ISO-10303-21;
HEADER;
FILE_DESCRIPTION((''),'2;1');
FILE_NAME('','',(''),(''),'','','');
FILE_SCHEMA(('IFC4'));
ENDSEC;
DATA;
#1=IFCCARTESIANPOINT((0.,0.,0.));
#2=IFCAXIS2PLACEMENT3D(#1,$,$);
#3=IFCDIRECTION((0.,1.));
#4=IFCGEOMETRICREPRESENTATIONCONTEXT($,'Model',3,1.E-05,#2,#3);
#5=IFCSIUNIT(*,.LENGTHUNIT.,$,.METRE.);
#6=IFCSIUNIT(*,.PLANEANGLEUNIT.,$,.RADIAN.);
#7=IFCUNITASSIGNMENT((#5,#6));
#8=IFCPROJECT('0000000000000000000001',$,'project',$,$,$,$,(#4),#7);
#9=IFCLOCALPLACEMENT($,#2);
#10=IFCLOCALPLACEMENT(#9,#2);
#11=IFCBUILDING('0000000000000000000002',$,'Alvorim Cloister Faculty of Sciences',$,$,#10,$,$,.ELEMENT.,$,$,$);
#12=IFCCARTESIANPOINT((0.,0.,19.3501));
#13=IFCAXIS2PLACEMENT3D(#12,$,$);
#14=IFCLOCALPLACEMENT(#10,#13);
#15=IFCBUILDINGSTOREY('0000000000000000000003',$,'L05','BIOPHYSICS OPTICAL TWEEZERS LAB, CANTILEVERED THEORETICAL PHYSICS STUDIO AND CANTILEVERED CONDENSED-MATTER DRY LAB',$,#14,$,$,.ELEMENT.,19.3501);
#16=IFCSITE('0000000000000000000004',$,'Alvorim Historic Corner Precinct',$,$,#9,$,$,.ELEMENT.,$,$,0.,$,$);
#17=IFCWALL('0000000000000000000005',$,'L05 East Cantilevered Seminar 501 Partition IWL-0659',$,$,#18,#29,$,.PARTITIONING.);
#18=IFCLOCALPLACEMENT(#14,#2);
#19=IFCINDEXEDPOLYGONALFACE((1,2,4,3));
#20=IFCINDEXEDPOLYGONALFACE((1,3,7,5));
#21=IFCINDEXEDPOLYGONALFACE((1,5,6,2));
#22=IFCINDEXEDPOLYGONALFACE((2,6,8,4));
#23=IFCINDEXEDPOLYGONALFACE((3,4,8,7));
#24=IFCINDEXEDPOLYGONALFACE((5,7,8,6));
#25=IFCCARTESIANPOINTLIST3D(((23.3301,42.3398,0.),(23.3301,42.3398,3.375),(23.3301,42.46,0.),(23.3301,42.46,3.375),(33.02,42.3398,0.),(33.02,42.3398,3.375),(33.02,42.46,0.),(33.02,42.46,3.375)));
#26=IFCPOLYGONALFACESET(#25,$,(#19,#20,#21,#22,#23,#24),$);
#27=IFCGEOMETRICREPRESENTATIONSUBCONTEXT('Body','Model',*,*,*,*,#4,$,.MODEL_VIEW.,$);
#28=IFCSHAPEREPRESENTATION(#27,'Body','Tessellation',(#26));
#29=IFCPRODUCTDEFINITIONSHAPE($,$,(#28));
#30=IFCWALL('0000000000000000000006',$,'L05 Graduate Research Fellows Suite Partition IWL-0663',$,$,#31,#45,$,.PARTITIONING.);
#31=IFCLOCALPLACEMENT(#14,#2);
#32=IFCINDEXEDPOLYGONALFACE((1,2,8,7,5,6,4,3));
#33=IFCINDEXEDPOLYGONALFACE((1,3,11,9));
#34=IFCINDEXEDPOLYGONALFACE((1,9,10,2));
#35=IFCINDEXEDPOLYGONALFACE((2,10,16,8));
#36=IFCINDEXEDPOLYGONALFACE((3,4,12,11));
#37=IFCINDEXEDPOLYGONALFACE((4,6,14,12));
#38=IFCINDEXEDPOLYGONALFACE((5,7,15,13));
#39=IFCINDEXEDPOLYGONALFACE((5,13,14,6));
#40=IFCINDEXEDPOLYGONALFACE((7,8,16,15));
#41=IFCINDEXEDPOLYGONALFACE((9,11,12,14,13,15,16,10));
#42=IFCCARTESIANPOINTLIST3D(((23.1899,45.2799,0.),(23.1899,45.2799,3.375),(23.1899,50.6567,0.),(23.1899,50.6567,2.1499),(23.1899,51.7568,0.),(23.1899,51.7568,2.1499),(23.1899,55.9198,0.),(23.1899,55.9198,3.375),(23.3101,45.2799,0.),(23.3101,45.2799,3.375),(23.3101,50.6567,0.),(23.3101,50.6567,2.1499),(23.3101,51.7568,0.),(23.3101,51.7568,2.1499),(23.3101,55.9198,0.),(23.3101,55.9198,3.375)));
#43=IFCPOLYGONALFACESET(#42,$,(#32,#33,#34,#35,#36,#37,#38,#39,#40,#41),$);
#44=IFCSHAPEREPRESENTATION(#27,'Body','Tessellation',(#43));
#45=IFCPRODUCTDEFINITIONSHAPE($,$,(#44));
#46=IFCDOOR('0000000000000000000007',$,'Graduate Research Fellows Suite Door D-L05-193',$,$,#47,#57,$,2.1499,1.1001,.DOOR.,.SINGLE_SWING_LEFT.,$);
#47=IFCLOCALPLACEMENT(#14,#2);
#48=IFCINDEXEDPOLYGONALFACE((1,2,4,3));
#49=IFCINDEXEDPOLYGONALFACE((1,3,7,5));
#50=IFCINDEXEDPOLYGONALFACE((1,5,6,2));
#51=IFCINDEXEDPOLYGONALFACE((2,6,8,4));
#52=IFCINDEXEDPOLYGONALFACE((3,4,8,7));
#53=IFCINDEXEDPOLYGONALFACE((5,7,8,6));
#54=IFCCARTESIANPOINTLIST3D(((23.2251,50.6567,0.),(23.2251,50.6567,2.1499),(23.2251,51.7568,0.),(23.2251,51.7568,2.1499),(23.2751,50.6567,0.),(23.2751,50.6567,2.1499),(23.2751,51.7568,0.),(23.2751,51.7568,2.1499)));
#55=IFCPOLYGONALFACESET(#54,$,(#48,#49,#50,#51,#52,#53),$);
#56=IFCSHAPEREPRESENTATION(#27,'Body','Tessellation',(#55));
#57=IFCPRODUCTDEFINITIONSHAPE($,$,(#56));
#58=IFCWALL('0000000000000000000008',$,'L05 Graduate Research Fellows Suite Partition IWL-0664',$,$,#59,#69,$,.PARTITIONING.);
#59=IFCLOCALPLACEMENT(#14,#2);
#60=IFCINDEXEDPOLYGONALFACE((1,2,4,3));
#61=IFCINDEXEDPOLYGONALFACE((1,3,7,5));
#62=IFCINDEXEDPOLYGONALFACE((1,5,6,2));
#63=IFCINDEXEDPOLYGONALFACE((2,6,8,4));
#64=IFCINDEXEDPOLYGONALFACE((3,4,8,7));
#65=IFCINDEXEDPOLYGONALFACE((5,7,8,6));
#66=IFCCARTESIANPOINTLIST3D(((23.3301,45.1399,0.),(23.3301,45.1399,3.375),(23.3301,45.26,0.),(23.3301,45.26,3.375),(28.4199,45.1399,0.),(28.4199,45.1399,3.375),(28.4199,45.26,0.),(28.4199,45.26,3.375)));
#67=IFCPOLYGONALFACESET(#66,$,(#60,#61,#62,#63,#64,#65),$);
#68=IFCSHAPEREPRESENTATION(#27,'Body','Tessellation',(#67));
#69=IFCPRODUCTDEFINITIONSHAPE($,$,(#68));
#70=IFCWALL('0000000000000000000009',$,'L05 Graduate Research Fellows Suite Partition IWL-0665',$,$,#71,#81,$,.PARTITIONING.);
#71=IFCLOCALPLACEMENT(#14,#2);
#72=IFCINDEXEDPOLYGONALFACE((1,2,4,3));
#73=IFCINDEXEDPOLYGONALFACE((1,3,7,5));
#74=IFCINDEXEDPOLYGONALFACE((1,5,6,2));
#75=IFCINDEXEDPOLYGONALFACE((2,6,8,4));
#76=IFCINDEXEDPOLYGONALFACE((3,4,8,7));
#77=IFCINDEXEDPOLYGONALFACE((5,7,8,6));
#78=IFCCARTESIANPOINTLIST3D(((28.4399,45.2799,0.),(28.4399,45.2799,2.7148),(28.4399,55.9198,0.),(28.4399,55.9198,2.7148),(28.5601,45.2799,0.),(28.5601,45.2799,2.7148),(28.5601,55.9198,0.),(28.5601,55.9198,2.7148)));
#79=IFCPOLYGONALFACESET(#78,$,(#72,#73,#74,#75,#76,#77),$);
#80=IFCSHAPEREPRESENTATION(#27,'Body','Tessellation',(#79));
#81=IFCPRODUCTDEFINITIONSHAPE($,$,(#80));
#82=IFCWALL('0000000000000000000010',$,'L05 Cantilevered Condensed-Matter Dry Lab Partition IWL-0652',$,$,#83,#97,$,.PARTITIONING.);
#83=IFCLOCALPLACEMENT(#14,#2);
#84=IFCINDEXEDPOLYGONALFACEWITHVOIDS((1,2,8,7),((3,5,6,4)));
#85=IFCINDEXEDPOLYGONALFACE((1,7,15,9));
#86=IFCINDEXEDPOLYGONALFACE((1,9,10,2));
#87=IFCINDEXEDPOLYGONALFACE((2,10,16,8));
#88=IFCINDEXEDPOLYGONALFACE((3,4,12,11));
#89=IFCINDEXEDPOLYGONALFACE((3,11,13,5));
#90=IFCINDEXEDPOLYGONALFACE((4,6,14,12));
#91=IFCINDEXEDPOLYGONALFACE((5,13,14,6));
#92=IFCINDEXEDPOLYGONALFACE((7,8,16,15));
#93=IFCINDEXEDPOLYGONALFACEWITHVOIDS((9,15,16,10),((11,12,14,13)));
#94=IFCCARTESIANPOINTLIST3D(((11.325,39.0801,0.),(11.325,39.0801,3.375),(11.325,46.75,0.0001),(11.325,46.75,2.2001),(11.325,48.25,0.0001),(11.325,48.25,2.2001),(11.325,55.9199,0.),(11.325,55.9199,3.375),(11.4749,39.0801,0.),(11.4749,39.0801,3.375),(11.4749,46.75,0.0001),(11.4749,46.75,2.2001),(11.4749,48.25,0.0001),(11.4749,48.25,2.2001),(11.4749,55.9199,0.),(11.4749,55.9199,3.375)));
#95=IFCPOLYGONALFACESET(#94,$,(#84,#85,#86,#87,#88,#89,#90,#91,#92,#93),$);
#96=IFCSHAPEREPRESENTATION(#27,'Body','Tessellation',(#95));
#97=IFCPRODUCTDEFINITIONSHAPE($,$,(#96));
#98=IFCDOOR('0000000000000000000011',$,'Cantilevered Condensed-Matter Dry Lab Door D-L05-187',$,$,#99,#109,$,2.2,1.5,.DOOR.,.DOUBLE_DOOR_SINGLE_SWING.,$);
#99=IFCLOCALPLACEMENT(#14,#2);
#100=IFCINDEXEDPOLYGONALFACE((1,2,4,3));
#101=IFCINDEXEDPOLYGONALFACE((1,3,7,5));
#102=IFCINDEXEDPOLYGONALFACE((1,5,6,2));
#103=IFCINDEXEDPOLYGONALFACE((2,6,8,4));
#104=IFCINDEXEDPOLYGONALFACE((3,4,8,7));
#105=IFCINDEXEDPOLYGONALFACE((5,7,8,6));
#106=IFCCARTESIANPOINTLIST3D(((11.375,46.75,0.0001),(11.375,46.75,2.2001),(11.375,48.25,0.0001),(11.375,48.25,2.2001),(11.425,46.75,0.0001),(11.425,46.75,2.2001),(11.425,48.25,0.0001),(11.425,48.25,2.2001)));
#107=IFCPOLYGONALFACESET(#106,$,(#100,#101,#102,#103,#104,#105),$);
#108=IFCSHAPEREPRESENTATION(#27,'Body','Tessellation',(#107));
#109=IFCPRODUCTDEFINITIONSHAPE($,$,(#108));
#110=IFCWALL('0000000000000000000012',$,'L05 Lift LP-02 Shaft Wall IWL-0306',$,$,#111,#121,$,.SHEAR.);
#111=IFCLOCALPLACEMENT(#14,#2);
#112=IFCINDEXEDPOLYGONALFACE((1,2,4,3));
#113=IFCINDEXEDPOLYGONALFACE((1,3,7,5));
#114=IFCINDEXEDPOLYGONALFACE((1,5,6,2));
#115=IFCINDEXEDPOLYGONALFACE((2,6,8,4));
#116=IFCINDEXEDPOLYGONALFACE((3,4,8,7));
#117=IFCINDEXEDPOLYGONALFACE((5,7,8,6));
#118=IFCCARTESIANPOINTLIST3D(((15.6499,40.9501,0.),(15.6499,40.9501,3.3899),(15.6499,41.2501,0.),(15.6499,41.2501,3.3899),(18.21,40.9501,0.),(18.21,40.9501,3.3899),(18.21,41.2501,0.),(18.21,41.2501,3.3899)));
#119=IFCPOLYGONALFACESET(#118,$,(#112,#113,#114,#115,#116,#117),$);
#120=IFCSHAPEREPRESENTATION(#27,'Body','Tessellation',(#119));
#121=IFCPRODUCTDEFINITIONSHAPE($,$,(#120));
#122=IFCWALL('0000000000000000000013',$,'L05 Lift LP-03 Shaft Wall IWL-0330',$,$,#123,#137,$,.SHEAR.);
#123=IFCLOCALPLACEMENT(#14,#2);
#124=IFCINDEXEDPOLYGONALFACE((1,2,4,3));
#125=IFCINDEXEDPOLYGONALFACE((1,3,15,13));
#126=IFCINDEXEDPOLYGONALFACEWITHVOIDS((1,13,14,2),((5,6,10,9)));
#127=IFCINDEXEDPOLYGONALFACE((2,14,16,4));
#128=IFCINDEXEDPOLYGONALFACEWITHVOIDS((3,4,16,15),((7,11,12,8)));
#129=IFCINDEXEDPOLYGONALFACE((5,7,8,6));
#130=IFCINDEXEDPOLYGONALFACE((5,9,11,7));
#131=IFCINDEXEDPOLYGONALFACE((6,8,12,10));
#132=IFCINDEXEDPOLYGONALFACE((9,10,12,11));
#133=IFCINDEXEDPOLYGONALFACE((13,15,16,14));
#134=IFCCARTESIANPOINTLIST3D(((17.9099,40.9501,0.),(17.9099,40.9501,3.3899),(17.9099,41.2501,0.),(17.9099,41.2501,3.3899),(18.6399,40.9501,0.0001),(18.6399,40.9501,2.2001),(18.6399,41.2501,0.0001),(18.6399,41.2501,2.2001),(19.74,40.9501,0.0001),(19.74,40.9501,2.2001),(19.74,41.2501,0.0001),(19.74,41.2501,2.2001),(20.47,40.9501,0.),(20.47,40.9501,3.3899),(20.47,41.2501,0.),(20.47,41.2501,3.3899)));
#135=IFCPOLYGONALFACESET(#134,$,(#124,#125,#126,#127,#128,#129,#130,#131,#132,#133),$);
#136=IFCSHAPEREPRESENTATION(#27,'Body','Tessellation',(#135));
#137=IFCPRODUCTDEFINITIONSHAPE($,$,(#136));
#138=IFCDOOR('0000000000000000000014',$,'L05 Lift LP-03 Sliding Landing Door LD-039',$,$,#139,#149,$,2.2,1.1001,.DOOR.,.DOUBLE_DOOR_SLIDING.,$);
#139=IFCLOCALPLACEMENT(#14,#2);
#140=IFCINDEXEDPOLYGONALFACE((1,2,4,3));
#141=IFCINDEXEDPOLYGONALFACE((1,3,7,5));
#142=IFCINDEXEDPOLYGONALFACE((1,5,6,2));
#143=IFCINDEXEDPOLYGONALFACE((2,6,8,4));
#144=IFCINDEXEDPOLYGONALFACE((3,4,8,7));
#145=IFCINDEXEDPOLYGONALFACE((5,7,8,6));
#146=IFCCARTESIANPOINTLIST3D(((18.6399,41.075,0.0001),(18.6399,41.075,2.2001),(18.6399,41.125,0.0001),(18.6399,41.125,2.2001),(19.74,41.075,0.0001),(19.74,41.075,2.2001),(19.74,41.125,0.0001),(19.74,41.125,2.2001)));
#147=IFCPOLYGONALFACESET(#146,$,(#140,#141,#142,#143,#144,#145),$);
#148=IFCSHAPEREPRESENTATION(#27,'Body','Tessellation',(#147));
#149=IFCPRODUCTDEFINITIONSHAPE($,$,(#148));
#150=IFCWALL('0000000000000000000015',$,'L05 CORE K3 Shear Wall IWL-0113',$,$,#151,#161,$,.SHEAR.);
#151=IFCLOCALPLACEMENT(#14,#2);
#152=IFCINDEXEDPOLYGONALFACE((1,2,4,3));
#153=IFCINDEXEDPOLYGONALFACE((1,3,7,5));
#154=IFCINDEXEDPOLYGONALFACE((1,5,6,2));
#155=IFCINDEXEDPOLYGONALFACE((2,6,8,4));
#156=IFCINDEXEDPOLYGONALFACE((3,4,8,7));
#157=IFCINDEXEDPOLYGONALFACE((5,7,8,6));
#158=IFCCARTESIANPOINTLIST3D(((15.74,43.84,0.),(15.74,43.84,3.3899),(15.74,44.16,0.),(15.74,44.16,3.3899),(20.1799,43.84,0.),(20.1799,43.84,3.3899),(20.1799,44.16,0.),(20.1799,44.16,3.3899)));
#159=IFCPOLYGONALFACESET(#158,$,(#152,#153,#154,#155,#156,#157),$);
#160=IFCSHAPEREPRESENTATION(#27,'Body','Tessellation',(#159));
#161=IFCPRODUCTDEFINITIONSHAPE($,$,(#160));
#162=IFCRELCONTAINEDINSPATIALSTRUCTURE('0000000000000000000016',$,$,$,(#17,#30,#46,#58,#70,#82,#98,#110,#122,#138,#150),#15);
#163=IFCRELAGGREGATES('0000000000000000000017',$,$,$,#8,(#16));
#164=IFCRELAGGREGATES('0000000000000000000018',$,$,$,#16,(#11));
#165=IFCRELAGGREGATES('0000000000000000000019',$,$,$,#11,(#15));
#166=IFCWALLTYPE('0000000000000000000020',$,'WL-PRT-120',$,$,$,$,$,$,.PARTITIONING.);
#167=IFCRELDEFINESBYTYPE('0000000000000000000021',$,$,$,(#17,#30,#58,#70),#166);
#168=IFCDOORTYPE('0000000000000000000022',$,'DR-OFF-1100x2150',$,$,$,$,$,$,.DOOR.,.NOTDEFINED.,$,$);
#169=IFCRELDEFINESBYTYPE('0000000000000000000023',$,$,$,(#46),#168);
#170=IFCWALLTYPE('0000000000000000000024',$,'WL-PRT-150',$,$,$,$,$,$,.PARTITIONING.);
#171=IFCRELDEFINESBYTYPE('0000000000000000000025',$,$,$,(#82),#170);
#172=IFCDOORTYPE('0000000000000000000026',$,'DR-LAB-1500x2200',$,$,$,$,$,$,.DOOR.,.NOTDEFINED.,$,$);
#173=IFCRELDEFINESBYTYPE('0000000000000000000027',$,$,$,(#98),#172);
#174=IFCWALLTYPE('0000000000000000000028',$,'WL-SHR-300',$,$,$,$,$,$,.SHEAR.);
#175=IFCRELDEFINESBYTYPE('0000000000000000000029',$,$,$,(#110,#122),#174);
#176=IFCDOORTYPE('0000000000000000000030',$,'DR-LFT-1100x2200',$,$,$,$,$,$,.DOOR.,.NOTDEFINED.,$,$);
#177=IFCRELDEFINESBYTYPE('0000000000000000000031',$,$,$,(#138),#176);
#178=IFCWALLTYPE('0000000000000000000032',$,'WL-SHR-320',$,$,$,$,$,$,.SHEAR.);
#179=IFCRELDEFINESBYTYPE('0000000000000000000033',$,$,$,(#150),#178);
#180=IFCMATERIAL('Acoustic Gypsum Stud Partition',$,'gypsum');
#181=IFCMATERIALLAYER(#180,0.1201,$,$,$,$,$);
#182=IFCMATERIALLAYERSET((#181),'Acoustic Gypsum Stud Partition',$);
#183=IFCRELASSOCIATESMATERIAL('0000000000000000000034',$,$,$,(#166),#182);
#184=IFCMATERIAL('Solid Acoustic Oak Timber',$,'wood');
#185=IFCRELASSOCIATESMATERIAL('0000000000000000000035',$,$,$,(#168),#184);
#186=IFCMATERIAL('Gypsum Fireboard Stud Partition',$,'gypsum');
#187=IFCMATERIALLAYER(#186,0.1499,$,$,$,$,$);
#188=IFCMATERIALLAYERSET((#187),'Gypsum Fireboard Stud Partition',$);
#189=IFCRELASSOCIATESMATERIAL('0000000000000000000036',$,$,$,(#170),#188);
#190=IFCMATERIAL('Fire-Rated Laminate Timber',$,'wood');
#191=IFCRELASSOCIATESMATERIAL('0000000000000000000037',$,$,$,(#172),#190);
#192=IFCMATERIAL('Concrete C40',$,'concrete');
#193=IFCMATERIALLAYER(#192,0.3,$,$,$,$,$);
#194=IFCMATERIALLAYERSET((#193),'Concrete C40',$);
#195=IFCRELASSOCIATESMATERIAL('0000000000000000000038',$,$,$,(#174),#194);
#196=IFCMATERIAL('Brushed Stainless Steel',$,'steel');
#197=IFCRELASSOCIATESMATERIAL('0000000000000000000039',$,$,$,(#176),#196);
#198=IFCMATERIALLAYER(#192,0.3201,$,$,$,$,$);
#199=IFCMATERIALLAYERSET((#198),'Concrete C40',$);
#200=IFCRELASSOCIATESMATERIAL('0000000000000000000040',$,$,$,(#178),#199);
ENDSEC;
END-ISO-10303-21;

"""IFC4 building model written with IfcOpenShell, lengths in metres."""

from ifc_helpers import new_model, si_unit, direction, frame, frame_2d, origin, place, context, subcontext, project, spatial, rectangle, extrude, material, layer, layer_set, type_object, element, fill, save


model = new_model("IFC4")

# Units and contexts
model_context = context("Model", 3, precision=1e-05, world=origin(), true_north=direction((0.0, 1.0)))
body_context = subcontext(model_context, "Body", "Model", "MODEL_VIEW")
ifc_project = project(units=[si_unit("LENGTHUNIT", "METRE"), si_unit("PLANEANGLEUNIT", "RADIAN")], contexts=[model_context])

# Site, building, storey
site_placement = place(None, origin())
site = spatial("IfcSite", under=ifc_project, at=site_placement, Name="Alvorim Historic Corner Precinct", CompositionType="ELEMENT", RefElevation=0.0)
building_placement = place(site_placement, origin())
building = spatial("IfcBuilding", under=site, at=building_placement, Name="Alvorim Cloister Faculty of Sciences", CompositionType="ELEMENT")
storey_placement = place(building_placement, frame((0.0, 0.0, 19.3501)))
storey = spatial("IfcBuildingStorey", under=building, at=storey_placement, Name="L05", Description="BIOPHYSICS OPTICAL TWEEZERS LAB, CANTILEVERED THEORETICAL PHYSICS STUDIO AND CANTILEVERED CONDENSED-MATTER DRY LAB", CompositionType="ELEMENT", Elevation=19.3501)

# Wall
ifc_material_1 = material(Name="Acoustic Gypsum Stud Partition", Category="gypsum")
ifc_layer_1 = layer(ifc_material_1, 0.1201)
ifc_layer_set_1 = layer_set([ifc_layer_1], Name="Acoustic Gypsum Stud Partition")
wall_type_1 = type_object("IfcWallType", Name="WL-PRT-120", PredefinedType="PARTITIONING", material=ifc_layer_set_1)
wall_1_placement = place(storey_placement, frame((23.3301, 42.3999, 0.0), z_axis=(0.0, 0.0, 1.0), x_axis=(1.0, 0.0, 0.0)))
element("IfcWall", 1, at=wall_1_placement, inside=storey, type_object=wall_type_1, Name="L05 East Cantilevered Seminar 501 Partition IWL-0659", PredefinedType="PARTITIONING", context=body_context, shape_type="SweptSolid", body=[
    extrude(rectangle(XDim=9.6899, YDim=0.1201, at=frame_2d((4.845, 0.0))), origin(), (0.0, 0.0, 1.0), 3.375),
])

# Wall, opening, door
wall_2_placement = place(storey_placement, frame((23.25, 45.28, 0.0), z_axis=(0.0, 0.0, 1.0), x_axis=(0.0, 1.0, 0.0)))
wall_2 = element("IfcWall", 2, at=wall_2_placement, inside=storey, type_object=wall_type_1, Name="L05 Graduate Research Fellows Suite Partition IWL-0663", PredefinedType="PARTITIONING", context=body_context, shape_type="SweptSolid", body=[
    extrude(rectangle(XDim=10.6399, YDim=0.1201, at=frame_2d((5.3198, 0.0))), origin(), (0.0, 0.0, 1.0), 3.375),
])
opening_1_placement = place(wall_2_placement, frame((5.3767, 0.0, 0.0)))
opening_1 = element("IfcOpeningElement", 3, at=opening_1_placement, cuts=wall_2, PredefinedType="OPENING", context=body_context, shape_type="SweptSolid", body=[
    extrude(rectangle(XDim=1.1001, YDim=2.1499, at=frame_2d((0.55, 1.075))), frame((0.0, 0.072, 0.0), z_axis=(0.0, -1.0, 0.0), x_axis=(1.0, 0.0, 0.0)), (0.0, 0.0, 1.0), 0.144),
])
ifc_material_2 = material(Name="Solid Acoustic Oak Timber", Category="wood")
door_type_1 = type_object("IfcDoorType", Name="DR-OFF-1100x2150", OperationType="NOTDEFINED", PredefinedType="DOOR", material=ifc_material_2)
door_1_placement = place(opening_1_placement, origin())
door_1 = element("IfcDoor", 4, at=door_1_placement, inside=storey, type_object=door_type_1, Name="Graduate Research Fellows Suite Door D-L05-193", OperationType="SINGLE_SWING_LEFT", OverallHeight=2.1499, OverallWidth=1.1001, PredefinedType="DOOR", context=body_context, shape_type="SweptSolid", body=[
    extrude(rectangle(XDim=1.1001, YDim=2.1499, at=frame_2d((0.55, 1.075))), frame((0.0, 0.0249, 0.0), z_axis=(0.0, -1.0, 0.0), x_axis=(1.0, 0.0, 0.0)), (0.0, 0.0, 1.0), 0.05),
])
fill(opening_1, door_1)

# Walls
wall_3_placement = place(storey_placement, frame((23.3301, 45.2, 0.0), z_axis=(0.0, 0.0, 1.0), x_axis=(1.0, 0.0, 0.0)))
element("IfcWall", 5, at=wall_3_placement, inside=storey, type_object=wall_type_1, Name="L05 Graduate Research Fellows Suite Partition IWL-0664", PredefinedType="PARTITIONING", context=body_context, shape_type="SweptSolid", body=[
    extrude(rectangle(XDim=5.0898, YDim=0.1201, at=frame_2d((2.5449, 0.0))), origin(), (0.0, 0.0, 1.0), 3.375),
])
wall_4_placement = place(storey_placement, frame((28.5, 45.28, 0.0), z_axis=(0.0, 0.0, 1.0), x_axis=(0.0, 1.0, 0.0)))
element("IfcWall", 6, at=wall_4_placement, inside=storey, type_object=wall_type_1, Name="L05 Graduate Research Fellows Suite Partition IWL-0665", PredefinedType="PARTITIONING", context=body_context, shape_type="SweptSolid", body=[
    extrude(rectangle(XDim=10.6399, YDim=0.1201, at=frame_2d((5.3198, 0.0))), origin(), (0.0, 0.0, 1.0), 2.7148),
])

# Wall, opening, door
ifc_material_3 = material(Name="Gypsum Fireboard Stud Partition", Category="gypsum")
ifc_layer_2 = layer(ifc_material_3, 0.1499)
ifc_layer_set_2 = layer_set([ifc_layer_2], Name="Gypsum Fireboard Stud Partition")
wall_type_2 = type_object("IfcWallType", Name="WL-PRT-150", PredefinedType="PARTITIONING", material=ifc_layer_set_2)
wall_5_placement = place(storey_placement, frame((11.3999, 39.0801, 0.0), z_axis=(0.0, 0.0, 1.0), x_axis=(0.0, 1.0, 0.0)))
wall_5 = element("IfcWall", 7, at=wall_5_placement, inside=storey, type_object=wall_type_2, Name="L05 Cantilevered Condensed-Matter Dry Lab Partition IWL-0652", PredefinedType="PARTITIONING", context=body_context, shape_type="SweptSolid", body=[
    extrude(rectangle(XDim=16.8398, YDim=0.1499, at=frame_2d((8.4199, 0.0))), origin(), (0.0, 0.0, 1.0), 3.375),
])
opening_2_placement = place(wall_5_placement, frame((7.6699, 0.0, 0.0)))
opening_2 = element("IfcOpeningElement", 8, at=opening_2_placement, cuts=wall_5, PredefinedType="OPENING", context=body_context, shape_type="SweptSolid", body=[
    extrude(rectangle(XDim=1.5, YDim=2.2, at=frame_2d((0.75, 1.1001))), frame((0.0, 0.0869, 0.0), z_axis=(0.0, -1.0, 0.0), x_axis=(1.0, 0.0, 0.0)), (0.0, 0.0, 1.0), 0.1738),
])
ifc_material_4 = material(Name="Fire-Rated Laminate Timber", Category="wood")
door_type_2 = type_object("IfcDoorType", Name="DR-LAB-1500x2200", OperationType="NOTDEFINED", PredefinedType="DOOR", material=ifc_material_4)
door_2_placement = place(opening_2_placement, origin())
door_2 = element("IfcDoor", 9, at=door_2_placement, inside=storey, type_object=door_type_2, Name="Cantilevered Condensed-Matter Dry Lab Door D-L05-187", OperationType="DOUBLE_DOOR_SINGLE_SWING", OverallHeight=2.2, OverallWidth=1.5, PredefinedType="DOOR", context=body_context, shape_type="SweptSolid", body=[
    extrude(rectangle(XDim=1.5, YDim=2.2, at=frame_2d((0.75, 1.1001))), frame((0.0, 0.0249, 0.0), z_axis=(0.0, -1.0, 0.0), x_axis=(1.0, 0.0, 0.0)), (0.0, 0.0, 1.0), 0.05),
])
fill(opening_2, door_2)

# Wall
ifc_material_5 = material(Name="Concrete C40", Category="concrete")
ifc_layer_3 = layer(ifc_material_5, 0.3)
ifc_layer_set_3 = layer_set([ifc_layer_3], Name="Concrete C40")
wall_type_3 = type_object("IfcWallType", Name="WL-SHR-300", PredefinedType="SHEAR", material=ifc_layer_set_3)
wall_6_placement = place(storey_placement, frame((15.6499, 41.1001, 0.0), z_axis=(0.0, 0.0, 1.0), x_axis=(1.0, 0.0, 0.0)))
element("IfcWall", 10, at=wall_6_placement, inside=storey, type_object=wall_type_3, Name="L05 Lift LP-02 Shaft Wall IWL-0306", PredefinedType="SHEAR", context=body_context, shape_type="SweptSolid", body=[
    extrude(rectangle(XDim=2.5601, YDim=0.3, at=frame_2d((1.28, 0.0))), origin(), (0.0, 0.0, 1.0), 3.3899),
])

# Wall, opening, door
wall_7_placement = place(storey_placement, frame((17.9099, 41.1001, 0.0), z_axis=(0.0, 0.0, 1.0), x_axis=(1.0, 0.0, 0.0)))
wall_7 = element("IfcWall", 11, at=wall_7_placement, inside=storey, type_object=wall_type_3, Name="L05 Lift LP-03 Shaft Wall IWL-0330", PredefinedType="SHEAR", context=body_context, shape_type="SweptSolid", body=[
    extrude(rectangle(XDim=2.5601, YDim=0.3, at=frame_2d((1.28, 0.0))), origin(), (0.0, 0.0, 1.0), 3.3899),
])
opening_3_placement = place(wall_7_placement, frame((0.73, 0.0, 0.0)))
opening_3 = element("IfcOpeningElement", 12, at=opening_3_placement, cuts=wall_7, PredefinedType="OPENING", context=body_context, shape_type="SweptSolid", body=[
    extrude(rectangle(XDim=1.1001, YDim=2.2, at=frame_2d((0.55, 1.1001))), frame((0.0, 0.1621, 0.0), z_axis=(0.0, -1.0, 0.0), x_axis=(1.0, 0.0, 0.0)), (0.0, 0.0, 1.0), 0.324),
])
ifc_material_6 = material(Name="Brushed Stainless Steel", Category="steel")
door_type_3 = type_object("IfcDoorType", Name="DR-LFT-1100x2200", OperationType="NOTDEFINED", PredefinedType="DOOR", material=ifc_material_6)
door_3_placement = place(opening_3_placement, origin())
door_3 = element("IfcDoor", 13, at=door_3_placement, inside=storey, type_object=door_type_3, Name="L05 Lift LP-03 Sliding Landing Door LD-039", OperationType="DOUBLE_DOOR_SLIDING", OverallHeight=2.2, OverallWidth=1.1001, PredefinedType="DOOR", context=body_context, shape_type="SweptSolid", body=[
    extrude(rectangle(XDim=1.1001, YDim=2.2, at=frame_2d((0.55, 1.1001))), frame((0.0, 0.0249, 0.0), z_axis=(0.0, -1.0, 0.0), x_axis=(1.0, 0.0, 0.0)), (0.0, 0.0, 1.0), 0.05),
])
fill(opening_3, door_3)

# Wall
ifc_layer_4 = layer(ifc_material_5, 0.3201)
ifc_layer_set_4 = layer_set([ifc_layer_4], Name="Concrete C40")
wall_type_4 = type_object("IfcWallType", Name="WL-SHR-320", PredefinedType="SHEAR", material=ifc_layer_set_4)
wall_8_placement = place(storey_placement, frame((15.74, 44.0, 0.0), z_axis=(0.0, 0.0, 1.0), x_axis=(1.0, 0.0, 0.0)))
element("IfcWall", 14, at=wall_8_placement, inside=storey, type_object=wall_type_4, Name="L05 CORE K3 Shear Wall IWL-0113", PredefinedType="SHEAR", context=body_context, shape_type="SweptSolid", body=[
    extrude(rectangle(XDim=4.4399, YDim=0.3201, at=frame_2d((2.22, 0.0))), origin(), (0.0, 0.0, 1.0), 3.3899),
])

save(model, "model.ifc")
